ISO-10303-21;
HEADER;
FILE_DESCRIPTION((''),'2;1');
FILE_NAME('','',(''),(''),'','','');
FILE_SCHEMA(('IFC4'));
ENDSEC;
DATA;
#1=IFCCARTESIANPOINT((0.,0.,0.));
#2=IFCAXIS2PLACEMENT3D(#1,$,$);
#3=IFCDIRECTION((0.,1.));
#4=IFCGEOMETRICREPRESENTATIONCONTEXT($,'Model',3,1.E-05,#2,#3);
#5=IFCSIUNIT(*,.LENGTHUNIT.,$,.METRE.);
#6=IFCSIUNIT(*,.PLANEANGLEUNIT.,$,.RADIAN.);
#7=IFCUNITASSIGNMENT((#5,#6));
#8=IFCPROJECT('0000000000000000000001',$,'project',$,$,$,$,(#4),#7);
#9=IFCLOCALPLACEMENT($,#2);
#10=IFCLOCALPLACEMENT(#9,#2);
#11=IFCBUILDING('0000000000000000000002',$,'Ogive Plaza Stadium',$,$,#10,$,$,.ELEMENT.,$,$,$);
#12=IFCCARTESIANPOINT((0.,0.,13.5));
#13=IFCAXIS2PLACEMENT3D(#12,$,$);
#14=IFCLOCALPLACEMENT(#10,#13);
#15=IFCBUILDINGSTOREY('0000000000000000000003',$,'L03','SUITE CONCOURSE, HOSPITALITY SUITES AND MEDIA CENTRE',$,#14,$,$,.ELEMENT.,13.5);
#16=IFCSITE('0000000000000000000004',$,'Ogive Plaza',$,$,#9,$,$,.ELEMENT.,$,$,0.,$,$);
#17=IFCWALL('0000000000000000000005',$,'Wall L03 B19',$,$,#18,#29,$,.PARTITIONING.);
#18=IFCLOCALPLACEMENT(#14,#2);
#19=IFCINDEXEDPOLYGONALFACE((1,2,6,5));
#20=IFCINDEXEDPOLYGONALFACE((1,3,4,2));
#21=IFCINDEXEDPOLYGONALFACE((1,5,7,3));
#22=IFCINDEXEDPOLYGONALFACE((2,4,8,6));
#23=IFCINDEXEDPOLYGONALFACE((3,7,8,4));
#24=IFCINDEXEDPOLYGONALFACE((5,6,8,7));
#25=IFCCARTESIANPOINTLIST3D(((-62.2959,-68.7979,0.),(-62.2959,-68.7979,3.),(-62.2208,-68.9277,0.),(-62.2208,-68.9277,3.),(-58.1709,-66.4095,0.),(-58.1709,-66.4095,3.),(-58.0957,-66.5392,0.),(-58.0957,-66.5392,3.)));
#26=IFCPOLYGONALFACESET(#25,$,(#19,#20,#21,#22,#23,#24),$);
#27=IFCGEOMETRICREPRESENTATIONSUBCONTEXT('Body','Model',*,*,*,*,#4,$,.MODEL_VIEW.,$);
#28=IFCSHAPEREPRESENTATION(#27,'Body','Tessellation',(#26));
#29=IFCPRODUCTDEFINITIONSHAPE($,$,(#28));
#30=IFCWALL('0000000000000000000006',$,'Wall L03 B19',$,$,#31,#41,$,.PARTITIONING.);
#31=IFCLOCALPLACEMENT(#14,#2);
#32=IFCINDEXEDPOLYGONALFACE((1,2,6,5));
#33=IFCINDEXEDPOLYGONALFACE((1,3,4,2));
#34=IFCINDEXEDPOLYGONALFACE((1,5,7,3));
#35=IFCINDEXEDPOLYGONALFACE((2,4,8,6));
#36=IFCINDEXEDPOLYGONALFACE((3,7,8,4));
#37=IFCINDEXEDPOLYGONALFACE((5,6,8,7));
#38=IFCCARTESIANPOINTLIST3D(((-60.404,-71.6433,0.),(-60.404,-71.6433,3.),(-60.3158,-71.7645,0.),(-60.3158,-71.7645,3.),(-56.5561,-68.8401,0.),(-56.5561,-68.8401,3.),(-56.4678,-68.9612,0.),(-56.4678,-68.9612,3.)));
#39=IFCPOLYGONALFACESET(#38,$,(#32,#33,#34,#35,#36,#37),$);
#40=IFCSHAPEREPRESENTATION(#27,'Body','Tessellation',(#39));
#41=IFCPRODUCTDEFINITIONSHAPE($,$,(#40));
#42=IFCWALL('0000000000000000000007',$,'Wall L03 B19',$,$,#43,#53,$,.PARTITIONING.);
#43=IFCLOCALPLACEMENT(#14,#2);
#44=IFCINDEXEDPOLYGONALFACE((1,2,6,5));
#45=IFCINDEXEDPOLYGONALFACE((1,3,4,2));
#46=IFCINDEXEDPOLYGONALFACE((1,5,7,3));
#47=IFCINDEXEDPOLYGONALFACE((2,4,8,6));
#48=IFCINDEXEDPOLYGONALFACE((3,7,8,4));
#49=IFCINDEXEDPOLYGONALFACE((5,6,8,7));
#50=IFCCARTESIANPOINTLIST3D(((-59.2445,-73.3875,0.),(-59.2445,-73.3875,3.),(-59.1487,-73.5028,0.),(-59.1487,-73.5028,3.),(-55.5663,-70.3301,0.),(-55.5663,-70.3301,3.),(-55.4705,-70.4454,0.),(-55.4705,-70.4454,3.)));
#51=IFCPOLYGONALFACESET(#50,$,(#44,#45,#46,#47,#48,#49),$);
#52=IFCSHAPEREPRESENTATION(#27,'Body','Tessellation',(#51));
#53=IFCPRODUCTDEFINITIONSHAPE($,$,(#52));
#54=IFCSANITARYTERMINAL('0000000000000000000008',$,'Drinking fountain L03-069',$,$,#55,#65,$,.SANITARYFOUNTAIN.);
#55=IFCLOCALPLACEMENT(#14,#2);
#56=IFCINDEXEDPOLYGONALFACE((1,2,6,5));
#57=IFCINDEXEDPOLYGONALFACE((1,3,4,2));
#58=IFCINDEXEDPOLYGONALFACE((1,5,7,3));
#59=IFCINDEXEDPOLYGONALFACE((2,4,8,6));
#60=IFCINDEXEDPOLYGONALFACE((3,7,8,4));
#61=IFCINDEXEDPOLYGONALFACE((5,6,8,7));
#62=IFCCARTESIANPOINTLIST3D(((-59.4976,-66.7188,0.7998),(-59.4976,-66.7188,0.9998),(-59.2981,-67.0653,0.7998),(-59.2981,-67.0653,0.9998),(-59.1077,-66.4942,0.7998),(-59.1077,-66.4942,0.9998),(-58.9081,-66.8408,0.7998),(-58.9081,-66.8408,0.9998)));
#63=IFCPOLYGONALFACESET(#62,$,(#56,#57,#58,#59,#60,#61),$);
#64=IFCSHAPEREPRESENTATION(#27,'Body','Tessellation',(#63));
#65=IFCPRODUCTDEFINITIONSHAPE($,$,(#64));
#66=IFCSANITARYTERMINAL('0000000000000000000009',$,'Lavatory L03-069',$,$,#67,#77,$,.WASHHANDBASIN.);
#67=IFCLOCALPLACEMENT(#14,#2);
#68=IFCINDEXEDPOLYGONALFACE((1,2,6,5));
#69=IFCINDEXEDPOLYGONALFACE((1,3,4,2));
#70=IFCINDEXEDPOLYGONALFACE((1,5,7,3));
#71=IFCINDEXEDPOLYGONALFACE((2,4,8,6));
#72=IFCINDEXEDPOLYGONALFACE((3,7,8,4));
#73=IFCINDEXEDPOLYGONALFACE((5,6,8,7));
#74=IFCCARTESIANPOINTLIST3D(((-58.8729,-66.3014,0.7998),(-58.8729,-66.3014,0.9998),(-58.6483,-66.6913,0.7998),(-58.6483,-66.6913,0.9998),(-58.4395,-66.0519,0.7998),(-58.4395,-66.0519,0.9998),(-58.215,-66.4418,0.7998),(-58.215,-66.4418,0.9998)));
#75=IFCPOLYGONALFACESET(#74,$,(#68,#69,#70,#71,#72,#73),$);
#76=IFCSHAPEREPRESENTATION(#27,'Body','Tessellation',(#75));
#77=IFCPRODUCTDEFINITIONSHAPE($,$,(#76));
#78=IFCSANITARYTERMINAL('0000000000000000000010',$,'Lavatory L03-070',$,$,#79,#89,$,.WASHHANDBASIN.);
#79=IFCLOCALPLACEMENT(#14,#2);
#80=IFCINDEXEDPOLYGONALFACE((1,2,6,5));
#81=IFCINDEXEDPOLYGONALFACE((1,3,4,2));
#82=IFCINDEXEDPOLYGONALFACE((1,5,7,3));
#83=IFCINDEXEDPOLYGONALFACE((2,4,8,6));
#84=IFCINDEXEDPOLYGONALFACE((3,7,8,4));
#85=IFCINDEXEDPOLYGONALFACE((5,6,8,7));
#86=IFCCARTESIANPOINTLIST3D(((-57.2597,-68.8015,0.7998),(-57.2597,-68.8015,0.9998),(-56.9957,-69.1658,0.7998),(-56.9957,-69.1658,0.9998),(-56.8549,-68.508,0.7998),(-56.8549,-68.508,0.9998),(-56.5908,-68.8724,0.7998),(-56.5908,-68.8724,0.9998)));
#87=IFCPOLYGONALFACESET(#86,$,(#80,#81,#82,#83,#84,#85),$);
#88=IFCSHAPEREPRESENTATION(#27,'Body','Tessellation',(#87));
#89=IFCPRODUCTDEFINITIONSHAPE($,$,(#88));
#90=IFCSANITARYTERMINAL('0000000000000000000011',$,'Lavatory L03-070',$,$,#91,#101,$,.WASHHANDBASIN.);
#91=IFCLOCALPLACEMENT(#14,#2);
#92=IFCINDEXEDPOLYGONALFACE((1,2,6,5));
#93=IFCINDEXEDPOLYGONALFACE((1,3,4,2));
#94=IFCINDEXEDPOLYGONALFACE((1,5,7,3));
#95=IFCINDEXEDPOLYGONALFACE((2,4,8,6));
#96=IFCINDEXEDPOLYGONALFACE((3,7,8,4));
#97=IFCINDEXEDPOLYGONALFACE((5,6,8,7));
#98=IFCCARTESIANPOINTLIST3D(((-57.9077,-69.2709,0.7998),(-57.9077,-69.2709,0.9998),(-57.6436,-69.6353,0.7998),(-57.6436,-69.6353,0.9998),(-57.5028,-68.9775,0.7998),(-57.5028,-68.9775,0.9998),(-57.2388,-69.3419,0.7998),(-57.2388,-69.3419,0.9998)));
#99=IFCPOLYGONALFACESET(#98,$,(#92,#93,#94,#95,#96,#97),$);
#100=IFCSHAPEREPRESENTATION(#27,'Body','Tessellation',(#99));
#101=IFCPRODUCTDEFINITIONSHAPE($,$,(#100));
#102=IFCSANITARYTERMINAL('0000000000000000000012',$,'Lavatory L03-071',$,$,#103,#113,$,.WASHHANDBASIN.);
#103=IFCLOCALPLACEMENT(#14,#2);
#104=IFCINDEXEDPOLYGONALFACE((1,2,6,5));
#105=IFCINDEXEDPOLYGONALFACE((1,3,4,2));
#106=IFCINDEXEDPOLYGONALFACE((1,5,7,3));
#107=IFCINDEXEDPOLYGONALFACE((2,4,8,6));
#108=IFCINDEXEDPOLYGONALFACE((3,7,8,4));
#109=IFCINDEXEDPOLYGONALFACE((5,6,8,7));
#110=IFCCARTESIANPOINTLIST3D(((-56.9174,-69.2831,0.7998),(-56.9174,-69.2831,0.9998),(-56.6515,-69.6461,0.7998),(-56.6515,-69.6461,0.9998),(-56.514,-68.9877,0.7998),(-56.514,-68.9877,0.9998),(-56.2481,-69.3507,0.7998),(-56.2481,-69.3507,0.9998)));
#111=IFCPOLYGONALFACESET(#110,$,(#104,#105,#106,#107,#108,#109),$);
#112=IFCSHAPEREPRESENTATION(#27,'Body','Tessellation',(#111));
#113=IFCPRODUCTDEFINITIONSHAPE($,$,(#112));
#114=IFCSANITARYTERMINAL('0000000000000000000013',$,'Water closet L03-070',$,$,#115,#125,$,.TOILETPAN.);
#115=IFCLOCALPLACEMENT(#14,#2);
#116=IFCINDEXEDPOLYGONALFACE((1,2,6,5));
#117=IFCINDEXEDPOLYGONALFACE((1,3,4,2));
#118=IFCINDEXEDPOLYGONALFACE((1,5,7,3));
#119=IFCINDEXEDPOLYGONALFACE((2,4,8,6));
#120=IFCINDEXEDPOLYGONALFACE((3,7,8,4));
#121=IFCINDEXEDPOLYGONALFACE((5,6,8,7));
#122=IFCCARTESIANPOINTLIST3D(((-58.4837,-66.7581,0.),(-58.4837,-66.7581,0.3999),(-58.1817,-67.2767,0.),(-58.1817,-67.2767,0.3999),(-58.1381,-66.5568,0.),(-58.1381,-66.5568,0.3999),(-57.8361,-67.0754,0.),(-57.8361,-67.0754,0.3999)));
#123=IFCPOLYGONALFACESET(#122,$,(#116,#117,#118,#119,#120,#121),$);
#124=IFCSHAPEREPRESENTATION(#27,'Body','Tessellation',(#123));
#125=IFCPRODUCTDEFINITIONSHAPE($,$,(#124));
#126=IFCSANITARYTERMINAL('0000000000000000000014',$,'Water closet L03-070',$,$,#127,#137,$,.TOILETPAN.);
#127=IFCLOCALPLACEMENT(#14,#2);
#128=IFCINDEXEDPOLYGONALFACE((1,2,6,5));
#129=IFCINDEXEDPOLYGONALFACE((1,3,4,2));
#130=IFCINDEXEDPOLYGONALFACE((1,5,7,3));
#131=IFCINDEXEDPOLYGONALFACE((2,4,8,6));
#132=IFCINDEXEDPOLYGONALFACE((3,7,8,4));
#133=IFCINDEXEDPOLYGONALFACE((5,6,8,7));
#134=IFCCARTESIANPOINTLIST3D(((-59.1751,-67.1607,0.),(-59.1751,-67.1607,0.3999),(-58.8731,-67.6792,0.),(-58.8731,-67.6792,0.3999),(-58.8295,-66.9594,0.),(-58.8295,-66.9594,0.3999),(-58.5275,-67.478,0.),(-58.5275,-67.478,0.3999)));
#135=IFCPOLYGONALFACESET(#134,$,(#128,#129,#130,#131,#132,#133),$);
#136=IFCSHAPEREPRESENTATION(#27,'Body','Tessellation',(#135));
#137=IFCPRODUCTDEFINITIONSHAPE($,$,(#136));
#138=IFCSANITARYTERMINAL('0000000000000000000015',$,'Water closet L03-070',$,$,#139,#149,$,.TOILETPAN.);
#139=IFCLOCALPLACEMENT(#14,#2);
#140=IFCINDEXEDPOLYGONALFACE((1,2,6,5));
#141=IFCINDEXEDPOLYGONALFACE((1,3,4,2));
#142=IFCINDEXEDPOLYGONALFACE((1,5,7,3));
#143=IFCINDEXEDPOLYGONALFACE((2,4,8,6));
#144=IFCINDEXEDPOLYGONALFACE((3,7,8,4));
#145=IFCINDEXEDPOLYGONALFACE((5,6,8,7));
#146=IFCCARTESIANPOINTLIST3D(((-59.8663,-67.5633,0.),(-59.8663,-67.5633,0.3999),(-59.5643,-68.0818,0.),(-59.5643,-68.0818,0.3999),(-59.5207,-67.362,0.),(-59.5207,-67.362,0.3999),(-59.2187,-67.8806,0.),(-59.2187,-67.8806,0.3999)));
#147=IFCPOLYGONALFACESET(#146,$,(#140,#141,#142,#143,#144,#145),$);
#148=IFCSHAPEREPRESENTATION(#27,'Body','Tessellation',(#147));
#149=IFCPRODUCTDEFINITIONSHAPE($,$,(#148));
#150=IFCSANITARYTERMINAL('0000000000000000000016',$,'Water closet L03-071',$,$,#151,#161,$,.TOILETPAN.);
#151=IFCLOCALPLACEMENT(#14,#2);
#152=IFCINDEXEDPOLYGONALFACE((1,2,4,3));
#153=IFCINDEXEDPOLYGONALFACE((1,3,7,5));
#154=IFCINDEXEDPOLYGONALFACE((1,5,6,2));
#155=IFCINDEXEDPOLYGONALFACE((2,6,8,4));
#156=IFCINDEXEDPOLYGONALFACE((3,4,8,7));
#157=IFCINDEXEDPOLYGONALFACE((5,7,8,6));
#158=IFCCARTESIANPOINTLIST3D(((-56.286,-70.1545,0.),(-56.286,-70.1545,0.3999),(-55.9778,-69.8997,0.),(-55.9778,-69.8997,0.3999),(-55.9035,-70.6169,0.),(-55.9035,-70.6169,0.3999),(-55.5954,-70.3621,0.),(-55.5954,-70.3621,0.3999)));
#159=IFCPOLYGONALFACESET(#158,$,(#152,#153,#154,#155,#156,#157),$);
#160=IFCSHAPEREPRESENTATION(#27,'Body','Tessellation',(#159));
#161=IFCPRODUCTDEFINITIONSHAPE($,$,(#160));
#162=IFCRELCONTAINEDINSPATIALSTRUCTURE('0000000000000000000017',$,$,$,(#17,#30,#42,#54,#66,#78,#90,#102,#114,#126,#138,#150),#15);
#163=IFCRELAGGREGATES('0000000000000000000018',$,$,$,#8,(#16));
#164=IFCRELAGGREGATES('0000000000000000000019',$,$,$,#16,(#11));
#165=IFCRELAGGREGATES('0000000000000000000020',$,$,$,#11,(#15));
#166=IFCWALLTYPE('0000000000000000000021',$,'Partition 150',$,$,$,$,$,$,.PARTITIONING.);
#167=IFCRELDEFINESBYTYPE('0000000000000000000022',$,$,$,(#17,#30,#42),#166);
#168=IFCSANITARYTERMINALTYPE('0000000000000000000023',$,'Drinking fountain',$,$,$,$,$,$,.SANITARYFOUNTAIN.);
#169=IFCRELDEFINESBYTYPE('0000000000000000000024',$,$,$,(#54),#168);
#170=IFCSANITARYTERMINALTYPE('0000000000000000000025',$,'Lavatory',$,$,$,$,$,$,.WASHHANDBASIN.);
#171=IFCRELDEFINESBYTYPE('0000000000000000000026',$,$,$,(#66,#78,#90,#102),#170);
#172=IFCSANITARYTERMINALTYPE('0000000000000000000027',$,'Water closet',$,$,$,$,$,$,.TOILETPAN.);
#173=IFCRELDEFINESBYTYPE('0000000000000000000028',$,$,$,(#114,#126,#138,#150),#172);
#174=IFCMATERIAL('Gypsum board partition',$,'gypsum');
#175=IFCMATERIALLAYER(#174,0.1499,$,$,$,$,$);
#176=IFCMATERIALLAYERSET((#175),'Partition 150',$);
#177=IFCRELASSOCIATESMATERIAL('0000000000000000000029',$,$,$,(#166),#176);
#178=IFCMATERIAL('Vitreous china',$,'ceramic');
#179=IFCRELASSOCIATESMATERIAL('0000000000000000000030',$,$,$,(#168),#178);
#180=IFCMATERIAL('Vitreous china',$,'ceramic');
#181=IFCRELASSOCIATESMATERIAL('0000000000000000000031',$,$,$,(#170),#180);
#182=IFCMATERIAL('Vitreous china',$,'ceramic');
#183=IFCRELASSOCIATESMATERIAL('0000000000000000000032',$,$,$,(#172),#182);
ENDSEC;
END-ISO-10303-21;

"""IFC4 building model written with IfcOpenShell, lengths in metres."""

from ifc_helpers import new_model, si_unit, direction, frame, frame_2d, origin, origin_2d, place, context, subcontext, project, spatial, rectangle, extrude, material, layer, layer_set, type_object, element, save


model = new_model("IFC4")

# Units and contexts
model_context = context("Model", 3, precision=1e-05, world=origin(), true_north=direction((0.0, 1.0)))
body_context = subcontext(model_context, "Body", "Model", "MODEL_VIEW")
ifc_project = project(units=[si_unit("LENGTHUNIT", "METRE"), si_unit("PLANEANGLEUNIT", "RADIAN")], contexts=[model_context])

# Site, building, storey
site_placement = place(None, origin())
site = spatial("IfcSite", under=ifc_project, at=site_placement, Name="Ogive Plaza", CompositionType="ELEMENT", RefElevation=0.0)
building_placement = place(site_placement, origin())
building = spatial("IfcBuilding", under=site, at=building_placement, Name="Ogive Plaza Stadium", CompositionType="ELEMENT")
storey_placement = place(building_placement, frame((0.0, 0.0, 13.5)))
storey = spatial("IfcBuildingStorey", under=building, at=storey_placement, Name="L03", Description="SUITE CONCOURSE, HOSPITALITY SUITES AND MEDIA CENTRE", CompositionType="ELEMENT", Elevation=13.5)

# Walls
ifc_material_1 = material(Name="Gypsum board partition", Category="gypsum")
ifc_layer_1 = layer(ifc_material_1, 0.1499)
ifc_layer_set_1 = layer_set([ifc_layer_1], Name="Partition 150")
wall_type = type_object("IfcWallType", Name="Partition 150", PredefinedType="PARTITIONING", material=ifc_layer_set_1)
wall_1_placement = place(storey_placement, frame((-58.1333, -66.4744, 0.0), z_axis=(0.0, 0.0, 1.0), x_axis=(-0.865402, -0.501079, 0.0)))
element("IfcWall", 1, at=wall_1_placement, inside=storey, type_object=wall_type, Name="Wall L03 B19", PredefinedType="PARTITIONING", context=body_context, shape_type="SweptSolid", body=[
    extrude(rectangle(XDim=4.7666, YDim=0.1499, at=frame_2d((2.3833, 0.0))), origin(), (0.0, 0.0, 1.0), 3.0),
])
wall_2_placement = place(storey_placement, frame((-56.512, -68.9006, 0.0), z_axis=(0.0, 0.0, 1.0), x_axis=(-0.808261, -0.588824, 0.0)))
element("IfcWall", 2, at=wall_2_placement, inside=storey, type_object=wall_type, Name="Wall L03 B19", PredefinedType="PARTITIONING", context=body_context, shape_type="SweptSolid", body=[
    extrude(rectangle(XDim=4.7607, YDim=0.1499, at=frame_2d((2.3804, 0.0))), origin(), (0.0, 0.0, 1.0), 3.0),
])
wall_3_placement = place(storey_placement, frame((-55.5183, -70.3877, 0.0), z_axis=(0.0, 0.0, 1.0), x_axis=(-0.769024, -0.63922, 0.0)))
element("IfcWall", 3, at=wall_3_placement, inside=storey, type_object=wall_type, Name="Wall L03 B19", PredefinedType="PARTITIONING", context=body_context, shape_type="SweptSolid", body=[
    extrude(rectangle(XDim=4.783, YDim=0.1499, at=frame_2d((2.3916, 0.0))), origin(), (0.0, 0.0, 1.0), 3.0),
])

# Sanitary terminals
ifc_material_2 = material(Name="Vitreous china", Category="ceramic")
sanitary_terminal_type_1 = type_object("IfcSanitaryTerminalType", Name="Drinking fountain", PredefinedType="SANITARYFOUNTAIN", material=ifc_material_2)
sanitary_terminal_placement = place(storey_placement, frame((-59.2029, -66.7798, 0.7998), z_axis=(0.0, 0.0, 1.0), x_axis=(-0.866624, -0.498961, 0.0)))
element("IfcSanitaryTerminal", 4, at=sanitary_terminal_placement, inside=storey, type_object=sanitary_terminal_type_1, Name="Drinking fountain L03-069", PredefinedType="SANITARYFOUNTAIN", context=body_context, shape_type="SweptSolid", body=[
    extrude(rectangle(XDim=0.45, YDim=0.3999, at=origin_2d()), origin(), (0.0, 0.0, 1.0), 0.2),
])
ifc_material_3 = material(Name="Vitreous china", Category="ceramic")
sanitary_terminal_type_2 = type_object("IfcSanitaryTerminalType", Name="Lavatory", PredefinedType="WASHHANDBASIN", material=ifc_material_3)
for number, where, z_axis, x_axis, name in (
    (5, (-58.5439, -66.3716, 0.7998), (0.0, 0.0, 1.0), (-0.866624, -0.498961, 0.0), "Lavatory L03-069"),
    (6, (-56.9253, -68.8369, 0.7998), (0.0, 0.0, 1.0), (-0.809712, -0.586828, 0.0), "Lavatory L03-070"),
    (7, (-57.5732, -69.3064, 0.7998), (0.0, 0.0, 1.0), (-0.809712, -0.586828, 0.0), "Lavatory L03-070"),
    (8, (-56.5828, -69.3169, 0.7998), (0.0, 0.0, 1.0), (-0.806792, -0.590835, 0.0), "Lavatory L03-071"),
):
    element("IfcSanitaryTerminal", number, at=place(storey_placement, frame(where, z_axis=z_axis, x_axis=x_axis)), inside=storey, type_object=sanitary_terminal_type_2, Name=name, PredefinedType="WASHHANDBASIN", context=body_context, shape_type="SweptSolid", body=[
        extrude(rectangle(XDim=0.5, YDim=0.45, at=origin_2d()), origin(), (0.0, 0.0, 1.0), 0.2),
    ])
ifc_material_4 = material(Name="Vitreous china", Category="ceramic")
sanitary_terminal_type_3 = type_object("IfcSanitaryTerminalType", Name="Water closet", PredefinedType="TOILETPAN", material=ifc_material_4)
for number, where, z_axis, x_axis, name in (
    (9, (-58.1599, -66.9167, 0.0), (0.0, 0.0, 1.0), (-0.864147, -0.50324, 0.0), "Water closet L03-070"),
    (10, (-58.8513, -67.3193, 0.0), (0.0, 0.0, 1.0), (-0.864147, -0.50324, 0.0), "Water closet L03-070"),
    (11, (-59.5425, -67.7219, 0.0), (0.0, 0.0, 1.0), (-0.864147, -0.50324, 0.0), "Water closet L03-070"),
    (12, (-55.9407, -70.2583, 0.0), (0.0, 0.0, 1.0), (-0.770568, -0.637358, 0.0), "Water closet L03-071"),
):
    element("IfcSanitaryTerminal", number, at=place(storey_placement, frame(where, z_axis=z_axis, x_axis=x_axis)), inside=storey, type_object=sanitary_terminal_type_3, Name=name, PredefinedType="TOILETPAN", context=body_context, shape_type="SweptSolid", body=[
        extrude(rectangle(XDim=0.3999, YDim=0.6001, at=origin_2d()), origin(), (0.0, 0.0, 1.0), 0.3999),
    ])

save(model, "model.ifc")
